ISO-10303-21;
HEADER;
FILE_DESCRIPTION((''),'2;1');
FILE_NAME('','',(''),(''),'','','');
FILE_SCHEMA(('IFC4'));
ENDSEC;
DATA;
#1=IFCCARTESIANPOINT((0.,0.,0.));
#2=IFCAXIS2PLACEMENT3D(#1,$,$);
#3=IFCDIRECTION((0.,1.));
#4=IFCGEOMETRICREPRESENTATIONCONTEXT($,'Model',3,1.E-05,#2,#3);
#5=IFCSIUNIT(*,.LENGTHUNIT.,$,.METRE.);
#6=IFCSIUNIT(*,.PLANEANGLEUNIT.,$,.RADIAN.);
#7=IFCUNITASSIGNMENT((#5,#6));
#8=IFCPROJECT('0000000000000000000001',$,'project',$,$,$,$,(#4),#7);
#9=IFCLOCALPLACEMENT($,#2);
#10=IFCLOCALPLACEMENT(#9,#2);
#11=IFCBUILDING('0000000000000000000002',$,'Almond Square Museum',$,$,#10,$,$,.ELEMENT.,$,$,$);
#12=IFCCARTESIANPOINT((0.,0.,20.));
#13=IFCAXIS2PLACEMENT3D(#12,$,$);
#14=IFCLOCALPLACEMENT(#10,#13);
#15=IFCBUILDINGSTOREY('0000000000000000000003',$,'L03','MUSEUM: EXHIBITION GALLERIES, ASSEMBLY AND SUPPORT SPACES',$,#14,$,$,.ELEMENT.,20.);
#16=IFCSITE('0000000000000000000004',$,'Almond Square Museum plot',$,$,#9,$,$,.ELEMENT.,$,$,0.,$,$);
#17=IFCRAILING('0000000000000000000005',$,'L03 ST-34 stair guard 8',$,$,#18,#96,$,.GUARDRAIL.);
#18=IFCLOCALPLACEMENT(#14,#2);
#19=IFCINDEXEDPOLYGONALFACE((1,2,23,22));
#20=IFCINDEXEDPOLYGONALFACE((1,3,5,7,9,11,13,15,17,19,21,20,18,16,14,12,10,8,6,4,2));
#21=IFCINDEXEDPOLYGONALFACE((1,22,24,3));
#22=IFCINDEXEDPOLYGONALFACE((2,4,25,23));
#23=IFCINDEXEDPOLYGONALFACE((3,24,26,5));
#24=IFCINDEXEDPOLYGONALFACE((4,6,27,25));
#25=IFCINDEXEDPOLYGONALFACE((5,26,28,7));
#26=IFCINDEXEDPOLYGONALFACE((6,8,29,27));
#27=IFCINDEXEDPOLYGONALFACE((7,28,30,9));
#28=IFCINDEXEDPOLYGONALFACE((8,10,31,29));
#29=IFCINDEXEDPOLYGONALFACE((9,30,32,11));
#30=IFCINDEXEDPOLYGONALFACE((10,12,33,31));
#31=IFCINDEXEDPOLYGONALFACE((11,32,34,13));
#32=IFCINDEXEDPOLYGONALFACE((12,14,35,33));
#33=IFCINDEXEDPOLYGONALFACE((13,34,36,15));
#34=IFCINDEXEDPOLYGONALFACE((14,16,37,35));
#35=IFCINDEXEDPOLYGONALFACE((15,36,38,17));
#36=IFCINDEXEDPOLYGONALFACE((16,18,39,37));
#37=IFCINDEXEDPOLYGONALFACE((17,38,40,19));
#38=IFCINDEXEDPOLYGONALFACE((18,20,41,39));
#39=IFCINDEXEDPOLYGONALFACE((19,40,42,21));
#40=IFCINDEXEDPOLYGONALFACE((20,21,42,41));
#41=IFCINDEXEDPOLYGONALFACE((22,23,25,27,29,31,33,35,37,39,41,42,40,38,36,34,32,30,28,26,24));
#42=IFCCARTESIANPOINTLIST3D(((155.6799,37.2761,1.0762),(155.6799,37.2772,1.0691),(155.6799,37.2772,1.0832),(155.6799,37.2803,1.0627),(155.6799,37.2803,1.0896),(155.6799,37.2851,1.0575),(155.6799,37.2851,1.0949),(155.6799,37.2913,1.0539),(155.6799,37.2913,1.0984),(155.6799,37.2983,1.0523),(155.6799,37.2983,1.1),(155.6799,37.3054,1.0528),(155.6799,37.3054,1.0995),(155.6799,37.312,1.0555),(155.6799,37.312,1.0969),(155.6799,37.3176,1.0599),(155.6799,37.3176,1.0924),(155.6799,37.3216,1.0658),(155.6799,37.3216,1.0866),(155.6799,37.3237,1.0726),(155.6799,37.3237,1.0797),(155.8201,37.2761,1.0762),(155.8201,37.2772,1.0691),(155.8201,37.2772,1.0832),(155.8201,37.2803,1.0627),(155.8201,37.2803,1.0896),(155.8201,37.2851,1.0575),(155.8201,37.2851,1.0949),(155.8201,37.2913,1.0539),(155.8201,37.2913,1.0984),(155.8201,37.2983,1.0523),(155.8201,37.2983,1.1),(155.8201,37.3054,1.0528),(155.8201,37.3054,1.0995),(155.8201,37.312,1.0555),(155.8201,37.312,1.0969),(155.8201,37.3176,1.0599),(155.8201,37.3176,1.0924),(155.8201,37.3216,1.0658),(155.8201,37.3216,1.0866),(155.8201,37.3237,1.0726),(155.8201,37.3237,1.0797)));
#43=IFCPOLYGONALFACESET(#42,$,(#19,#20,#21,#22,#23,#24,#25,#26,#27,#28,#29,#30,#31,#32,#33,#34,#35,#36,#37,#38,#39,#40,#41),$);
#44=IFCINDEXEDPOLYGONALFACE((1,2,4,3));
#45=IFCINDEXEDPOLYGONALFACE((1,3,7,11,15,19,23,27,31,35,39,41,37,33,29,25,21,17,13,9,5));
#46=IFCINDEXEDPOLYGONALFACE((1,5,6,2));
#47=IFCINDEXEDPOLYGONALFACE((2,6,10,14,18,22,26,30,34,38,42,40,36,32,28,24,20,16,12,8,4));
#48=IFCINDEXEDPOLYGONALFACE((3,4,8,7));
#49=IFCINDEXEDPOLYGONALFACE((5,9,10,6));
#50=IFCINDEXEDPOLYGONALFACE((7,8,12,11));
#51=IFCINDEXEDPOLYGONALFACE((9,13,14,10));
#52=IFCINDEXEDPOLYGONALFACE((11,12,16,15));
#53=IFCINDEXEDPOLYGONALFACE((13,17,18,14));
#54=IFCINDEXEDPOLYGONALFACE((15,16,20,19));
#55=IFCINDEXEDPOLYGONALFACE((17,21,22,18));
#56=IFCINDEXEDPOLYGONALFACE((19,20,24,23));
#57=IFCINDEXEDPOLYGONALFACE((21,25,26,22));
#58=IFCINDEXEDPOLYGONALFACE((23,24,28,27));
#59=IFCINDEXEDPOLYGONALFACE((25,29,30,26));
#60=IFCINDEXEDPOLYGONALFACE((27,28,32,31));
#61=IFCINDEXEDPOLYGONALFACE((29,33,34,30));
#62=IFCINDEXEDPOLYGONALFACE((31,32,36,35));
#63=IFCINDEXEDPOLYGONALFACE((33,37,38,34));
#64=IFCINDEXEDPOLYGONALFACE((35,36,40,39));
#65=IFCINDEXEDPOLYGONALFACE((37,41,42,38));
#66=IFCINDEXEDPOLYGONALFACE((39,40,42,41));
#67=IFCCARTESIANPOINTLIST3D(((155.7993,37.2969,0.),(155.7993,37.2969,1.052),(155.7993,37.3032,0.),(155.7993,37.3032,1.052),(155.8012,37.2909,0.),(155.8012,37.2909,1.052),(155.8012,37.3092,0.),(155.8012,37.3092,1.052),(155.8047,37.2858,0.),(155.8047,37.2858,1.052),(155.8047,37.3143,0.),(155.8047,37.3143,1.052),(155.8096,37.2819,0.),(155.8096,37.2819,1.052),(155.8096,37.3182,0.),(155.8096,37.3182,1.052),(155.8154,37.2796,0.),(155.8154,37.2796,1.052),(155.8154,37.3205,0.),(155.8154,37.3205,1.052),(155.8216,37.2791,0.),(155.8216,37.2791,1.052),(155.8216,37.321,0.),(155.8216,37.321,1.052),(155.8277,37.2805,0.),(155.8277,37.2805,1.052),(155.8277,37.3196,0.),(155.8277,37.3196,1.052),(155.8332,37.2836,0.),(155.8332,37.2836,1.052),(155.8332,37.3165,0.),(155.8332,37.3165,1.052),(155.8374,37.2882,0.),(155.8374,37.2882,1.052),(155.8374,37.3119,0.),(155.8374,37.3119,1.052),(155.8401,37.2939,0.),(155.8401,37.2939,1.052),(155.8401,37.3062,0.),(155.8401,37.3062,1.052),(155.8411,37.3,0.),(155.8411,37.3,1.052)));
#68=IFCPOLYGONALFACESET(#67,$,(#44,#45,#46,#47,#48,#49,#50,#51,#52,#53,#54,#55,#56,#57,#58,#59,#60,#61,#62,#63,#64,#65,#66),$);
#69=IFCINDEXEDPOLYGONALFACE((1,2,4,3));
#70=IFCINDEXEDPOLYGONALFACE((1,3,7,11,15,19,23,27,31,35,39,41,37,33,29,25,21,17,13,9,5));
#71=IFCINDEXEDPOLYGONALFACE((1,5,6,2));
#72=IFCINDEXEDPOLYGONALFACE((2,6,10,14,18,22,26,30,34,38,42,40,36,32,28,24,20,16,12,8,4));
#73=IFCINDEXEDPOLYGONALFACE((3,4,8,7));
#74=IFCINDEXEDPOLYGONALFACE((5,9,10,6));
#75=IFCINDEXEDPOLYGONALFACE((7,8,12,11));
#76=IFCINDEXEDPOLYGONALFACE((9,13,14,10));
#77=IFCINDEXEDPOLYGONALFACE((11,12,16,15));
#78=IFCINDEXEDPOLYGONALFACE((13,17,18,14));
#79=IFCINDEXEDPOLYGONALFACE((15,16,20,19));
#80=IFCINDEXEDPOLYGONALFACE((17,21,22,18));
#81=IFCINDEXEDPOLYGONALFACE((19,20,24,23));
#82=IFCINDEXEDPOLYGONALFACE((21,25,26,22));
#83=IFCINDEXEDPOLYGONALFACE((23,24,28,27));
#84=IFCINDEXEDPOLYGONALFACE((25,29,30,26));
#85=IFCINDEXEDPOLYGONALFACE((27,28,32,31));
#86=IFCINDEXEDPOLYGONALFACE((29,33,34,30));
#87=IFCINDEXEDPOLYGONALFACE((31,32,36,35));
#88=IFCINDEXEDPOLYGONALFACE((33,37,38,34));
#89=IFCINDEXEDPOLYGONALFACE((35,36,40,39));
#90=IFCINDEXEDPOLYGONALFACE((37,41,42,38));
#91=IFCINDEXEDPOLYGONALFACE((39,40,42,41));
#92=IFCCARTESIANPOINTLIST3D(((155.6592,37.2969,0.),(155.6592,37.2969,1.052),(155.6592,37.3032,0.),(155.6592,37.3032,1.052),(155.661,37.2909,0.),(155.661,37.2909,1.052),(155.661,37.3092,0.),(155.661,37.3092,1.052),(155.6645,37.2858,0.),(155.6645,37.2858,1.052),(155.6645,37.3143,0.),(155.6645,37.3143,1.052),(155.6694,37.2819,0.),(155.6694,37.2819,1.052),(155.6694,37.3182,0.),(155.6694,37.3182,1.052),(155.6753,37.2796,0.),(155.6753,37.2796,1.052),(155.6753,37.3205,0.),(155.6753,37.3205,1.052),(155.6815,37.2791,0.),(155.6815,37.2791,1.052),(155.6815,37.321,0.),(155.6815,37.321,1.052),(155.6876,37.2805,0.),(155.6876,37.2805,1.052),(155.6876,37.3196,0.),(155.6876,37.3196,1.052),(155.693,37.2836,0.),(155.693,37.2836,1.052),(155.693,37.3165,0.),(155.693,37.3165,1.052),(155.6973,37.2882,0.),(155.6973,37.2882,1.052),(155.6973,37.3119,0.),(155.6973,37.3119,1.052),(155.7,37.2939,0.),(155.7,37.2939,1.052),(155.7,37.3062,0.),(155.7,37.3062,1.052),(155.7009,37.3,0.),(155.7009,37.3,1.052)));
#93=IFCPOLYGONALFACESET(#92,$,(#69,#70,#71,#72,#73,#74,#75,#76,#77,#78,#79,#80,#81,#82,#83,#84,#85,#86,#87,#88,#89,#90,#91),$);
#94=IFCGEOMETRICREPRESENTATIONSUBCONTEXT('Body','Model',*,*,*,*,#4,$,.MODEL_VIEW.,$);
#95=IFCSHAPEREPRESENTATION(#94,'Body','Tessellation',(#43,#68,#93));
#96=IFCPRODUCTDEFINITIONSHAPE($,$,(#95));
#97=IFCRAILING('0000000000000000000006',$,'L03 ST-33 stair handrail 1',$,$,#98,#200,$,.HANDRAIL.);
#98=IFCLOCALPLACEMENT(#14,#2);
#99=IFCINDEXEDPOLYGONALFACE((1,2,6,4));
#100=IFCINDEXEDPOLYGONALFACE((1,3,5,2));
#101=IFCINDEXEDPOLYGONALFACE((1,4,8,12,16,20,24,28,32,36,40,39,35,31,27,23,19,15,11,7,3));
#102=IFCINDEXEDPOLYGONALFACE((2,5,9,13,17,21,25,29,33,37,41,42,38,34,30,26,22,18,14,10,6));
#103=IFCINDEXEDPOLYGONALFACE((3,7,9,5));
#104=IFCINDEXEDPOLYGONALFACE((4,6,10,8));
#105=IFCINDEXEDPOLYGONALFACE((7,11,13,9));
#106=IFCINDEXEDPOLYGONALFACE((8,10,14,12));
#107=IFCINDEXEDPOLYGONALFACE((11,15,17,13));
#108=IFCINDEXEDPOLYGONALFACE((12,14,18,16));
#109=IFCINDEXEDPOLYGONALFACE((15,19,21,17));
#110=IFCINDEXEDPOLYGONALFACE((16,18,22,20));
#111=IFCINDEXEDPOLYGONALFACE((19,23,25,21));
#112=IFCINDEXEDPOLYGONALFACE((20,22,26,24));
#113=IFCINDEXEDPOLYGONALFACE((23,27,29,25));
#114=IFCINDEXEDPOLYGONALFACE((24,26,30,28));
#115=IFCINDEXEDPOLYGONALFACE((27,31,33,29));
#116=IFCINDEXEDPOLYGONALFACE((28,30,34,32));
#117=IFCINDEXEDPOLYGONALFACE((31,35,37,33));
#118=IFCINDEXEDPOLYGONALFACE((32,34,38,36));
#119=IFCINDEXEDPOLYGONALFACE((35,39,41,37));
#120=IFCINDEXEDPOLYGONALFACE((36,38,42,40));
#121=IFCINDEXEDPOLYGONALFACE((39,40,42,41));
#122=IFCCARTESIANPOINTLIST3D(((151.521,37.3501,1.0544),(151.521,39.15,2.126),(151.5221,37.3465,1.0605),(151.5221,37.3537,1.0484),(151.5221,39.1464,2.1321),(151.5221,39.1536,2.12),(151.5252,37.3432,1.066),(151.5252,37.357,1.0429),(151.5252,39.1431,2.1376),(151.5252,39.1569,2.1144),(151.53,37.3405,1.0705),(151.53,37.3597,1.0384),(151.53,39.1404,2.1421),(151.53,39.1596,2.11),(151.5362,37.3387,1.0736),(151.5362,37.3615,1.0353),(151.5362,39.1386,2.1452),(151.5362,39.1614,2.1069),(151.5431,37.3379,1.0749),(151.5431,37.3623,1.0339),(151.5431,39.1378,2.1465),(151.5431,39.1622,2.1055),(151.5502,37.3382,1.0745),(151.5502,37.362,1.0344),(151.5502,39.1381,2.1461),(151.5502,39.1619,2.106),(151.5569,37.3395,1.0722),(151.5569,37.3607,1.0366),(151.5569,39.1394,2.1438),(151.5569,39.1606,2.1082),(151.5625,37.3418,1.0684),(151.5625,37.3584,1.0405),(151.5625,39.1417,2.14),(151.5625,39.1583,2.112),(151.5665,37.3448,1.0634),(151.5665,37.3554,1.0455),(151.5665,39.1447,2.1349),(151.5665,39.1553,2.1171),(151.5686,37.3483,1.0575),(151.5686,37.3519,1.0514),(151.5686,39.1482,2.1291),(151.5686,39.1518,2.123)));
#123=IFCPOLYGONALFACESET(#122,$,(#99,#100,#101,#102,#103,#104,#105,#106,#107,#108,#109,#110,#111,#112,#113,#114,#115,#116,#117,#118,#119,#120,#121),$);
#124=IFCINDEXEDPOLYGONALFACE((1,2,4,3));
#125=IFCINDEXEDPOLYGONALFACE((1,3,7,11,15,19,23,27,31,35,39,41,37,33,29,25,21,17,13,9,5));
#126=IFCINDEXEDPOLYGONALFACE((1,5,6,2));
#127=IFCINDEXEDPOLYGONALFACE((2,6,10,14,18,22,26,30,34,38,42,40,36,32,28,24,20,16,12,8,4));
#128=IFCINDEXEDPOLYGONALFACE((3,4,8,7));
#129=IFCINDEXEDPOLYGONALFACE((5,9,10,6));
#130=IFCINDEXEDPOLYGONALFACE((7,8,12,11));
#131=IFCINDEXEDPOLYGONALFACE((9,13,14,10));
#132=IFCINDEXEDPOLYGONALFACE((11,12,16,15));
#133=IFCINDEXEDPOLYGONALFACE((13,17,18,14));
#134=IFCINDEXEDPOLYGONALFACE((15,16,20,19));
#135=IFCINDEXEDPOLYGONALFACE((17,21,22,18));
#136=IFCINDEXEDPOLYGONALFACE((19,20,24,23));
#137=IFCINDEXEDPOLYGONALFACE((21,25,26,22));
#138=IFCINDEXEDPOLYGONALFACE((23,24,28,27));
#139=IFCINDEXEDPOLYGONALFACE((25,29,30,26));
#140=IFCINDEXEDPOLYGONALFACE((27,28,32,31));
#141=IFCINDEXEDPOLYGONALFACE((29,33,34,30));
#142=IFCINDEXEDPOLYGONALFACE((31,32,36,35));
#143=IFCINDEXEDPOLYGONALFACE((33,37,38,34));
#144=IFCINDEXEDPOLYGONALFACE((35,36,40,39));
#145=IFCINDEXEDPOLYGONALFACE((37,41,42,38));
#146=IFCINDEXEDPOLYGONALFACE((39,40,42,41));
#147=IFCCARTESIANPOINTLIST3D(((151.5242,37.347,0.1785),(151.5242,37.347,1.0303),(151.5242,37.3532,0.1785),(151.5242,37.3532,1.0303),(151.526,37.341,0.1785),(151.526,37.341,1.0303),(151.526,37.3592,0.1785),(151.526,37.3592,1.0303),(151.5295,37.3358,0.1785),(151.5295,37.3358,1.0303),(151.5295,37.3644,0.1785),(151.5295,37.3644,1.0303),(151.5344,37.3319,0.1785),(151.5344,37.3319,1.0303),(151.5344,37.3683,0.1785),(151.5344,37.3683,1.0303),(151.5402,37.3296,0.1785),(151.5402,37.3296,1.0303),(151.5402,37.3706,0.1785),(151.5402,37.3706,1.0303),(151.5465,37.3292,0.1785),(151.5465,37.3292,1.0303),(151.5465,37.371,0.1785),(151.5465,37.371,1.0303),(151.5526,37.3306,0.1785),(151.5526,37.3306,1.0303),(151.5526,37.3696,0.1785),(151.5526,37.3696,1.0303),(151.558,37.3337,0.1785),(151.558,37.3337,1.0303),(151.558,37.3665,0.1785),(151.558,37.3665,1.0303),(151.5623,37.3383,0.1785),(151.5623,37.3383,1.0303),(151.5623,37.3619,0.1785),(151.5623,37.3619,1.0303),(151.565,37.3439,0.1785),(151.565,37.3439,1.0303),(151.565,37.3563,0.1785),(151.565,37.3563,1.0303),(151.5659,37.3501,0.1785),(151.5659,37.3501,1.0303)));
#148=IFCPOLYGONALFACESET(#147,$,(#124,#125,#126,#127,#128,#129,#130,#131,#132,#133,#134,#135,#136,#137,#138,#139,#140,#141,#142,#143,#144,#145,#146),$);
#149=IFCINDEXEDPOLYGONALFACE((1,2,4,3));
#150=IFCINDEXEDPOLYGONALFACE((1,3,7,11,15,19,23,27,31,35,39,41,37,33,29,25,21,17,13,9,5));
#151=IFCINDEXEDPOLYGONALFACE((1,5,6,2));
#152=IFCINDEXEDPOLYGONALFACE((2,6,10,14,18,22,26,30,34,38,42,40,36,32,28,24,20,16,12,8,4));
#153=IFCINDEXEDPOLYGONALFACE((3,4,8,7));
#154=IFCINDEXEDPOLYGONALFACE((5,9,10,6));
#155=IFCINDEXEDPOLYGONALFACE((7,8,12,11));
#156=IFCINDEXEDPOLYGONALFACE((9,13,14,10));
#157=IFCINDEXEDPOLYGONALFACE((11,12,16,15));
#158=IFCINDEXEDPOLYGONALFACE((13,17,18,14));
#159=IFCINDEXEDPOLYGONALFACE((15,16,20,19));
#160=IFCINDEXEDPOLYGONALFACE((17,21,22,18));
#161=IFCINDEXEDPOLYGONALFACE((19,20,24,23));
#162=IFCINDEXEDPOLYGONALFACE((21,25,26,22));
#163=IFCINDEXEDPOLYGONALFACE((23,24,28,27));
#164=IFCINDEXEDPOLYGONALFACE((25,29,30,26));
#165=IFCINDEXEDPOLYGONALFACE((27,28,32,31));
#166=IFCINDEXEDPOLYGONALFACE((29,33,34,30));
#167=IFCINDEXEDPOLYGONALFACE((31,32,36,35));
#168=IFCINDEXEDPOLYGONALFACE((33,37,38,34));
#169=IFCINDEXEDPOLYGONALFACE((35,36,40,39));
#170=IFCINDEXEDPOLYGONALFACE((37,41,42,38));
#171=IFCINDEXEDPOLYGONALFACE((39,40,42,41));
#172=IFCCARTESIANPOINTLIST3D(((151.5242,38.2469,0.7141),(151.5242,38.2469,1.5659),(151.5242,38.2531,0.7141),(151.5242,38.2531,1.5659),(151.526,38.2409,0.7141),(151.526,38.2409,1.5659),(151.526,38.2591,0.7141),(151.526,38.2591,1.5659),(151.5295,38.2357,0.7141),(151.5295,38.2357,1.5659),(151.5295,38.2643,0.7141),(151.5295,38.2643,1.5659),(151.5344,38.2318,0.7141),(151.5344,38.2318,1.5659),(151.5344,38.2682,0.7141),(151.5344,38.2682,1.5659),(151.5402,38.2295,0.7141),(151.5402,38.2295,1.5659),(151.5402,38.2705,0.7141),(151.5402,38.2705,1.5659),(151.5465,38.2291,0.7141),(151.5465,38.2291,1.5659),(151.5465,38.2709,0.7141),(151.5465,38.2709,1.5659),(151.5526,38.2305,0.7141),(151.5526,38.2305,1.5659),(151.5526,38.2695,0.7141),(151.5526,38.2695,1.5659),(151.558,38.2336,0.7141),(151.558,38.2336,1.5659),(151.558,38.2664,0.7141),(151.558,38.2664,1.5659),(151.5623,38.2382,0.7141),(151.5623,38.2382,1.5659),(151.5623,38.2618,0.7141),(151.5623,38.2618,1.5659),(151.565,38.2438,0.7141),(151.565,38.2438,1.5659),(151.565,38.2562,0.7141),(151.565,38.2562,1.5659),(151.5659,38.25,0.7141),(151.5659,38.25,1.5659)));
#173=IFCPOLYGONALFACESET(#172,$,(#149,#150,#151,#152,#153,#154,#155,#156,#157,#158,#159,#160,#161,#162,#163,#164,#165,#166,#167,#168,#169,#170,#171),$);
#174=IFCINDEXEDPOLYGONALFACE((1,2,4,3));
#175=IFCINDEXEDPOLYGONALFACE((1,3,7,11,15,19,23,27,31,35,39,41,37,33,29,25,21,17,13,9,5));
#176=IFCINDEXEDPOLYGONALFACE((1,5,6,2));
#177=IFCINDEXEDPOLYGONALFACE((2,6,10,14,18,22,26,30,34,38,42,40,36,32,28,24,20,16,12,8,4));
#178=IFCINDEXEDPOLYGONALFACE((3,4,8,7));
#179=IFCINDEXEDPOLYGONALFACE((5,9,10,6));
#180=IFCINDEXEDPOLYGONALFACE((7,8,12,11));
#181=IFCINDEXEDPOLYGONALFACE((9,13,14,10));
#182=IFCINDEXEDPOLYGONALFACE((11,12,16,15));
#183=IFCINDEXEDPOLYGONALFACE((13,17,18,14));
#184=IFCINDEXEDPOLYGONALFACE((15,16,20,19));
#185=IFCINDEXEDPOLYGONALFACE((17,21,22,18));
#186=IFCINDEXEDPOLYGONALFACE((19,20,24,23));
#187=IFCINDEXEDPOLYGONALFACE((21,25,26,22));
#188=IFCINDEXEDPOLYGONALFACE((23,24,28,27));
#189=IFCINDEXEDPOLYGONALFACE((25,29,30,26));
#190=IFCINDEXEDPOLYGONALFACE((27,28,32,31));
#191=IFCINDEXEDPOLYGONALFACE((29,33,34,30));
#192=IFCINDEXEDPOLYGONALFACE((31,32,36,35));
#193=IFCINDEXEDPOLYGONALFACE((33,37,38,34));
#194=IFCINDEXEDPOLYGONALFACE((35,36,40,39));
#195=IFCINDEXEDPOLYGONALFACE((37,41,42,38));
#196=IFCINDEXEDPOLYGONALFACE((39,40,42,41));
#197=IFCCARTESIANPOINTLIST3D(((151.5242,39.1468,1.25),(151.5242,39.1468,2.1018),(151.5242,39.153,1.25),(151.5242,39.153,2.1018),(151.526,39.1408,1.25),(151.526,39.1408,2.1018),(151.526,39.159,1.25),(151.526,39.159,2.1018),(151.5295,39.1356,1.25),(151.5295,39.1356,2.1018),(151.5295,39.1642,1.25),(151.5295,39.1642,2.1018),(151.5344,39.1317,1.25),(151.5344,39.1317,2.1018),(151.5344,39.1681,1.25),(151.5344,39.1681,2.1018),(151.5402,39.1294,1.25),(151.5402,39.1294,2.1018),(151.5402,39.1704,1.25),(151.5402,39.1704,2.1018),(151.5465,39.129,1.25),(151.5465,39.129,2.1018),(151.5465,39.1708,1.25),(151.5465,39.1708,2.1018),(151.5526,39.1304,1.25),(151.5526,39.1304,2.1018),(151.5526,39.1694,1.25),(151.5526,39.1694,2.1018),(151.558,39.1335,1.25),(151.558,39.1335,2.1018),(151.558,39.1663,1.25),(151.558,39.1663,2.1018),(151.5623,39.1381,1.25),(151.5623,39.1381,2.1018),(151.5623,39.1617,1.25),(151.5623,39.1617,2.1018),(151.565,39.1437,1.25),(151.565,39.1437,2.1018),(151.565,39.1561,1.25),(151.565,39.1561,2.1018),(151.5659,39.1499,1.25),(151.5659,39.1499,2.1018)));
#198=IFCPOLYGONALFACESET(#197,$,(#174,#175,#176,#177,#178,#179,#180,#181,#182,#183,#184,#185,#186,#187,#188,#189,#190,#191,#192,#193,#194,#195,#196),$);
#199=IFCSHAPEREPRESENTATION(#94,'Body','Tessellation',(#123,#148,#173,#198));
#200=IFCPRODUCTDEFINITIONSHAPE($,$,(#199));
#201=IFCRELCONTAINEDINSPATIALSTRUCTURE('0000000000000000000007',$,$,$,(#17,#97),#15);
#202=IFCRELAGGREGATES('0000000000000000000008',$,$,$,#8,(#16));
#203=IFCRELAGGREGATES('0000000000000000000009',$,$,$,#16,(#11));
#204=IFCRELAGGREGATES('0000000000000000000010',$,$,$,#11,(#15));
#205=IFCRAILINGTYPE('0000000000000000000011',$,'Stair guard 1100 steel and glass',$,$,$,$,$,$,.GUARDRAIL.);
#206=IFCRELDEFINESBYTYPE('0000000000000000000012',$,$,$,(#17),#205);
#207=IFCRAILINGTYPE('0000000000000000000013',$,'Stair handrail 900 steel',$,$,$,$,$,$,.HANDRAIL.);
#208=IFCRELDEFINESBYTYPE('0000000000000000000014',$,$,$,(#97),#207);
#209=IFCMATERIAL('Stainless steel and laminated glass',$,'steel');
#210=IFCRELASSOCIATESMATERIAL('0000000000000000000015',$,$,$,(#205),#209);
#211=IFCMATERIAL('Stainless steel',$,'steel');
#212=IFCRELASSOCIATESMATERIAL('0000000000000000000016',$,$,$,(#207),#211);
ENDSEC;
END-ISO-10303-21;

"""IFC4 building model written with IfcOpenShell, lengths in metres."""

from ifc_helpers import new_model, si_unit, direction, frame, origin, origin_2d, place, context, subcontext, project, spatial, circle, extrude, material, type_object, element, save


model = new_model("IFC4")

# Units and contexts
model_context = context("Model", 3, precision=1e-05, world=origin(), true_north=direction((0.0, 1.0)))
body_context = subcontext(model_context, "Body", "Model", "MODEL_VIEW")
ifc_project = project(units=[si_unit("LENGTHUNIT", "METRE"), si_unit("PLANEANGLEUNIT", "RADIAN")], contexts=[model_context])

# Site, building, storey
site_placement = place(None, origin())
site = spatial("IfcSite", under=ifc_project, at=site_placement, Name="Almond Square Museum plot", CompositionType="ELEMENT", RefElevation=0.0)
building_placement = place(site_placement, origin())
building = spatial("IfcBuilding", under=site, at=building_placement, Name="Almond Square Museum", CompositionType="ELEMENT")
storey_placement = place(building_placement, frame((0.0, 0.0, 20.0)))
storey = spatial("IfcBuildingStorey", under=building, at=storey_placement, Name="L03", Description="MUSEUM: EXHIBITION GALLERIES, ASSEMBLY AND SUPPORT SPACES", CompositionType="ELEMENT", Elevation=20.0)

# Railings
ifc_material_1 = material(Name="Stainless steel and laminated glass", Category="steel")
railing_type_1 = type_object("IfcRailingType", Name="Stair guard 1100 steel and glass", PredefinedType="GUARDRAIL", material=ifc_material_1)
railing_1_placement = place(storey_placement, frame((155.8201, 37.3, 0.0)))
element("IfcRailing", 1, at=railing_1_placement, inside=storey, type_object=railing_type_1, Name="L03 ST-34 stair guard 8", PredefinedType="GUARDRAIL", context=body_context, shape_type="SweptSolid", body=[
    extrude(circle(Radius=0.0239, at=origin_2d()), frame((0.0, 0.0, 1.0762), z_axis=(-1.0, 0.0, 0.0), x_axis=(0.0, -1.0, 0.0)), (0.0, 0.0, 1.0), 0.1401),
    extrude(circle(Radius=0.021, at=origin_2d()), origin(), (0.0, 0.0, 1.0), 1.052),
    extrude(circle(Radius=0.021, at=origin_2d()), frame((-0.1401, 0.0, 0.0)), (0.0, 0.0, 1.0), 1.052),
])
ifc_material_2 = material(Name="Stainless steel", Category="steel")
railing_type_2 = type_object("IfcRailingType", Name="Stair handrail 900 steel", PredefinedType="HANDRAIL", material=ifc_material_2)
for number, where, name in (
    (2, (151.5449, 37.3501, 0.1785), "L03 ST-33 stair handrail 1"),
):
    element("IfcRailing", number, at=place(storey_placement, frame(where)), inside=storey, type_object=railing_type_2, Name=name, PredefinedType="HANDRAIL", context=body_context, shape_type="SweptSolid", body=[
        extrude(circle(Radius=0.0239, at=origin_2d()), frame((0.0, 0.0, 0.876), z_axis=(0.0, 0.859247, 0.511562), x_axis=(-1.0, 0.0, 0.0)), (0.0, 0.0, 1.0), 2.0947),
        extrude(circle(Radius=0.021, at=origin_2d()), origin(), (0.0, 0.0, 1.0), 0.8518),
        extrude(circle(Radius=0.021, at=origin_2d()), frame((0.0, 0.8999, 0.5356)), (0.0, 0.0, 1.0), 0.8518),
        extrude(circle(Radius=0.021, at=origin_2d()), frame((0.0, 1.7998, 1.0715)), (0.0, 0.0, 1.0), 0.8518),
    ])

save(model, "model.ifc")
